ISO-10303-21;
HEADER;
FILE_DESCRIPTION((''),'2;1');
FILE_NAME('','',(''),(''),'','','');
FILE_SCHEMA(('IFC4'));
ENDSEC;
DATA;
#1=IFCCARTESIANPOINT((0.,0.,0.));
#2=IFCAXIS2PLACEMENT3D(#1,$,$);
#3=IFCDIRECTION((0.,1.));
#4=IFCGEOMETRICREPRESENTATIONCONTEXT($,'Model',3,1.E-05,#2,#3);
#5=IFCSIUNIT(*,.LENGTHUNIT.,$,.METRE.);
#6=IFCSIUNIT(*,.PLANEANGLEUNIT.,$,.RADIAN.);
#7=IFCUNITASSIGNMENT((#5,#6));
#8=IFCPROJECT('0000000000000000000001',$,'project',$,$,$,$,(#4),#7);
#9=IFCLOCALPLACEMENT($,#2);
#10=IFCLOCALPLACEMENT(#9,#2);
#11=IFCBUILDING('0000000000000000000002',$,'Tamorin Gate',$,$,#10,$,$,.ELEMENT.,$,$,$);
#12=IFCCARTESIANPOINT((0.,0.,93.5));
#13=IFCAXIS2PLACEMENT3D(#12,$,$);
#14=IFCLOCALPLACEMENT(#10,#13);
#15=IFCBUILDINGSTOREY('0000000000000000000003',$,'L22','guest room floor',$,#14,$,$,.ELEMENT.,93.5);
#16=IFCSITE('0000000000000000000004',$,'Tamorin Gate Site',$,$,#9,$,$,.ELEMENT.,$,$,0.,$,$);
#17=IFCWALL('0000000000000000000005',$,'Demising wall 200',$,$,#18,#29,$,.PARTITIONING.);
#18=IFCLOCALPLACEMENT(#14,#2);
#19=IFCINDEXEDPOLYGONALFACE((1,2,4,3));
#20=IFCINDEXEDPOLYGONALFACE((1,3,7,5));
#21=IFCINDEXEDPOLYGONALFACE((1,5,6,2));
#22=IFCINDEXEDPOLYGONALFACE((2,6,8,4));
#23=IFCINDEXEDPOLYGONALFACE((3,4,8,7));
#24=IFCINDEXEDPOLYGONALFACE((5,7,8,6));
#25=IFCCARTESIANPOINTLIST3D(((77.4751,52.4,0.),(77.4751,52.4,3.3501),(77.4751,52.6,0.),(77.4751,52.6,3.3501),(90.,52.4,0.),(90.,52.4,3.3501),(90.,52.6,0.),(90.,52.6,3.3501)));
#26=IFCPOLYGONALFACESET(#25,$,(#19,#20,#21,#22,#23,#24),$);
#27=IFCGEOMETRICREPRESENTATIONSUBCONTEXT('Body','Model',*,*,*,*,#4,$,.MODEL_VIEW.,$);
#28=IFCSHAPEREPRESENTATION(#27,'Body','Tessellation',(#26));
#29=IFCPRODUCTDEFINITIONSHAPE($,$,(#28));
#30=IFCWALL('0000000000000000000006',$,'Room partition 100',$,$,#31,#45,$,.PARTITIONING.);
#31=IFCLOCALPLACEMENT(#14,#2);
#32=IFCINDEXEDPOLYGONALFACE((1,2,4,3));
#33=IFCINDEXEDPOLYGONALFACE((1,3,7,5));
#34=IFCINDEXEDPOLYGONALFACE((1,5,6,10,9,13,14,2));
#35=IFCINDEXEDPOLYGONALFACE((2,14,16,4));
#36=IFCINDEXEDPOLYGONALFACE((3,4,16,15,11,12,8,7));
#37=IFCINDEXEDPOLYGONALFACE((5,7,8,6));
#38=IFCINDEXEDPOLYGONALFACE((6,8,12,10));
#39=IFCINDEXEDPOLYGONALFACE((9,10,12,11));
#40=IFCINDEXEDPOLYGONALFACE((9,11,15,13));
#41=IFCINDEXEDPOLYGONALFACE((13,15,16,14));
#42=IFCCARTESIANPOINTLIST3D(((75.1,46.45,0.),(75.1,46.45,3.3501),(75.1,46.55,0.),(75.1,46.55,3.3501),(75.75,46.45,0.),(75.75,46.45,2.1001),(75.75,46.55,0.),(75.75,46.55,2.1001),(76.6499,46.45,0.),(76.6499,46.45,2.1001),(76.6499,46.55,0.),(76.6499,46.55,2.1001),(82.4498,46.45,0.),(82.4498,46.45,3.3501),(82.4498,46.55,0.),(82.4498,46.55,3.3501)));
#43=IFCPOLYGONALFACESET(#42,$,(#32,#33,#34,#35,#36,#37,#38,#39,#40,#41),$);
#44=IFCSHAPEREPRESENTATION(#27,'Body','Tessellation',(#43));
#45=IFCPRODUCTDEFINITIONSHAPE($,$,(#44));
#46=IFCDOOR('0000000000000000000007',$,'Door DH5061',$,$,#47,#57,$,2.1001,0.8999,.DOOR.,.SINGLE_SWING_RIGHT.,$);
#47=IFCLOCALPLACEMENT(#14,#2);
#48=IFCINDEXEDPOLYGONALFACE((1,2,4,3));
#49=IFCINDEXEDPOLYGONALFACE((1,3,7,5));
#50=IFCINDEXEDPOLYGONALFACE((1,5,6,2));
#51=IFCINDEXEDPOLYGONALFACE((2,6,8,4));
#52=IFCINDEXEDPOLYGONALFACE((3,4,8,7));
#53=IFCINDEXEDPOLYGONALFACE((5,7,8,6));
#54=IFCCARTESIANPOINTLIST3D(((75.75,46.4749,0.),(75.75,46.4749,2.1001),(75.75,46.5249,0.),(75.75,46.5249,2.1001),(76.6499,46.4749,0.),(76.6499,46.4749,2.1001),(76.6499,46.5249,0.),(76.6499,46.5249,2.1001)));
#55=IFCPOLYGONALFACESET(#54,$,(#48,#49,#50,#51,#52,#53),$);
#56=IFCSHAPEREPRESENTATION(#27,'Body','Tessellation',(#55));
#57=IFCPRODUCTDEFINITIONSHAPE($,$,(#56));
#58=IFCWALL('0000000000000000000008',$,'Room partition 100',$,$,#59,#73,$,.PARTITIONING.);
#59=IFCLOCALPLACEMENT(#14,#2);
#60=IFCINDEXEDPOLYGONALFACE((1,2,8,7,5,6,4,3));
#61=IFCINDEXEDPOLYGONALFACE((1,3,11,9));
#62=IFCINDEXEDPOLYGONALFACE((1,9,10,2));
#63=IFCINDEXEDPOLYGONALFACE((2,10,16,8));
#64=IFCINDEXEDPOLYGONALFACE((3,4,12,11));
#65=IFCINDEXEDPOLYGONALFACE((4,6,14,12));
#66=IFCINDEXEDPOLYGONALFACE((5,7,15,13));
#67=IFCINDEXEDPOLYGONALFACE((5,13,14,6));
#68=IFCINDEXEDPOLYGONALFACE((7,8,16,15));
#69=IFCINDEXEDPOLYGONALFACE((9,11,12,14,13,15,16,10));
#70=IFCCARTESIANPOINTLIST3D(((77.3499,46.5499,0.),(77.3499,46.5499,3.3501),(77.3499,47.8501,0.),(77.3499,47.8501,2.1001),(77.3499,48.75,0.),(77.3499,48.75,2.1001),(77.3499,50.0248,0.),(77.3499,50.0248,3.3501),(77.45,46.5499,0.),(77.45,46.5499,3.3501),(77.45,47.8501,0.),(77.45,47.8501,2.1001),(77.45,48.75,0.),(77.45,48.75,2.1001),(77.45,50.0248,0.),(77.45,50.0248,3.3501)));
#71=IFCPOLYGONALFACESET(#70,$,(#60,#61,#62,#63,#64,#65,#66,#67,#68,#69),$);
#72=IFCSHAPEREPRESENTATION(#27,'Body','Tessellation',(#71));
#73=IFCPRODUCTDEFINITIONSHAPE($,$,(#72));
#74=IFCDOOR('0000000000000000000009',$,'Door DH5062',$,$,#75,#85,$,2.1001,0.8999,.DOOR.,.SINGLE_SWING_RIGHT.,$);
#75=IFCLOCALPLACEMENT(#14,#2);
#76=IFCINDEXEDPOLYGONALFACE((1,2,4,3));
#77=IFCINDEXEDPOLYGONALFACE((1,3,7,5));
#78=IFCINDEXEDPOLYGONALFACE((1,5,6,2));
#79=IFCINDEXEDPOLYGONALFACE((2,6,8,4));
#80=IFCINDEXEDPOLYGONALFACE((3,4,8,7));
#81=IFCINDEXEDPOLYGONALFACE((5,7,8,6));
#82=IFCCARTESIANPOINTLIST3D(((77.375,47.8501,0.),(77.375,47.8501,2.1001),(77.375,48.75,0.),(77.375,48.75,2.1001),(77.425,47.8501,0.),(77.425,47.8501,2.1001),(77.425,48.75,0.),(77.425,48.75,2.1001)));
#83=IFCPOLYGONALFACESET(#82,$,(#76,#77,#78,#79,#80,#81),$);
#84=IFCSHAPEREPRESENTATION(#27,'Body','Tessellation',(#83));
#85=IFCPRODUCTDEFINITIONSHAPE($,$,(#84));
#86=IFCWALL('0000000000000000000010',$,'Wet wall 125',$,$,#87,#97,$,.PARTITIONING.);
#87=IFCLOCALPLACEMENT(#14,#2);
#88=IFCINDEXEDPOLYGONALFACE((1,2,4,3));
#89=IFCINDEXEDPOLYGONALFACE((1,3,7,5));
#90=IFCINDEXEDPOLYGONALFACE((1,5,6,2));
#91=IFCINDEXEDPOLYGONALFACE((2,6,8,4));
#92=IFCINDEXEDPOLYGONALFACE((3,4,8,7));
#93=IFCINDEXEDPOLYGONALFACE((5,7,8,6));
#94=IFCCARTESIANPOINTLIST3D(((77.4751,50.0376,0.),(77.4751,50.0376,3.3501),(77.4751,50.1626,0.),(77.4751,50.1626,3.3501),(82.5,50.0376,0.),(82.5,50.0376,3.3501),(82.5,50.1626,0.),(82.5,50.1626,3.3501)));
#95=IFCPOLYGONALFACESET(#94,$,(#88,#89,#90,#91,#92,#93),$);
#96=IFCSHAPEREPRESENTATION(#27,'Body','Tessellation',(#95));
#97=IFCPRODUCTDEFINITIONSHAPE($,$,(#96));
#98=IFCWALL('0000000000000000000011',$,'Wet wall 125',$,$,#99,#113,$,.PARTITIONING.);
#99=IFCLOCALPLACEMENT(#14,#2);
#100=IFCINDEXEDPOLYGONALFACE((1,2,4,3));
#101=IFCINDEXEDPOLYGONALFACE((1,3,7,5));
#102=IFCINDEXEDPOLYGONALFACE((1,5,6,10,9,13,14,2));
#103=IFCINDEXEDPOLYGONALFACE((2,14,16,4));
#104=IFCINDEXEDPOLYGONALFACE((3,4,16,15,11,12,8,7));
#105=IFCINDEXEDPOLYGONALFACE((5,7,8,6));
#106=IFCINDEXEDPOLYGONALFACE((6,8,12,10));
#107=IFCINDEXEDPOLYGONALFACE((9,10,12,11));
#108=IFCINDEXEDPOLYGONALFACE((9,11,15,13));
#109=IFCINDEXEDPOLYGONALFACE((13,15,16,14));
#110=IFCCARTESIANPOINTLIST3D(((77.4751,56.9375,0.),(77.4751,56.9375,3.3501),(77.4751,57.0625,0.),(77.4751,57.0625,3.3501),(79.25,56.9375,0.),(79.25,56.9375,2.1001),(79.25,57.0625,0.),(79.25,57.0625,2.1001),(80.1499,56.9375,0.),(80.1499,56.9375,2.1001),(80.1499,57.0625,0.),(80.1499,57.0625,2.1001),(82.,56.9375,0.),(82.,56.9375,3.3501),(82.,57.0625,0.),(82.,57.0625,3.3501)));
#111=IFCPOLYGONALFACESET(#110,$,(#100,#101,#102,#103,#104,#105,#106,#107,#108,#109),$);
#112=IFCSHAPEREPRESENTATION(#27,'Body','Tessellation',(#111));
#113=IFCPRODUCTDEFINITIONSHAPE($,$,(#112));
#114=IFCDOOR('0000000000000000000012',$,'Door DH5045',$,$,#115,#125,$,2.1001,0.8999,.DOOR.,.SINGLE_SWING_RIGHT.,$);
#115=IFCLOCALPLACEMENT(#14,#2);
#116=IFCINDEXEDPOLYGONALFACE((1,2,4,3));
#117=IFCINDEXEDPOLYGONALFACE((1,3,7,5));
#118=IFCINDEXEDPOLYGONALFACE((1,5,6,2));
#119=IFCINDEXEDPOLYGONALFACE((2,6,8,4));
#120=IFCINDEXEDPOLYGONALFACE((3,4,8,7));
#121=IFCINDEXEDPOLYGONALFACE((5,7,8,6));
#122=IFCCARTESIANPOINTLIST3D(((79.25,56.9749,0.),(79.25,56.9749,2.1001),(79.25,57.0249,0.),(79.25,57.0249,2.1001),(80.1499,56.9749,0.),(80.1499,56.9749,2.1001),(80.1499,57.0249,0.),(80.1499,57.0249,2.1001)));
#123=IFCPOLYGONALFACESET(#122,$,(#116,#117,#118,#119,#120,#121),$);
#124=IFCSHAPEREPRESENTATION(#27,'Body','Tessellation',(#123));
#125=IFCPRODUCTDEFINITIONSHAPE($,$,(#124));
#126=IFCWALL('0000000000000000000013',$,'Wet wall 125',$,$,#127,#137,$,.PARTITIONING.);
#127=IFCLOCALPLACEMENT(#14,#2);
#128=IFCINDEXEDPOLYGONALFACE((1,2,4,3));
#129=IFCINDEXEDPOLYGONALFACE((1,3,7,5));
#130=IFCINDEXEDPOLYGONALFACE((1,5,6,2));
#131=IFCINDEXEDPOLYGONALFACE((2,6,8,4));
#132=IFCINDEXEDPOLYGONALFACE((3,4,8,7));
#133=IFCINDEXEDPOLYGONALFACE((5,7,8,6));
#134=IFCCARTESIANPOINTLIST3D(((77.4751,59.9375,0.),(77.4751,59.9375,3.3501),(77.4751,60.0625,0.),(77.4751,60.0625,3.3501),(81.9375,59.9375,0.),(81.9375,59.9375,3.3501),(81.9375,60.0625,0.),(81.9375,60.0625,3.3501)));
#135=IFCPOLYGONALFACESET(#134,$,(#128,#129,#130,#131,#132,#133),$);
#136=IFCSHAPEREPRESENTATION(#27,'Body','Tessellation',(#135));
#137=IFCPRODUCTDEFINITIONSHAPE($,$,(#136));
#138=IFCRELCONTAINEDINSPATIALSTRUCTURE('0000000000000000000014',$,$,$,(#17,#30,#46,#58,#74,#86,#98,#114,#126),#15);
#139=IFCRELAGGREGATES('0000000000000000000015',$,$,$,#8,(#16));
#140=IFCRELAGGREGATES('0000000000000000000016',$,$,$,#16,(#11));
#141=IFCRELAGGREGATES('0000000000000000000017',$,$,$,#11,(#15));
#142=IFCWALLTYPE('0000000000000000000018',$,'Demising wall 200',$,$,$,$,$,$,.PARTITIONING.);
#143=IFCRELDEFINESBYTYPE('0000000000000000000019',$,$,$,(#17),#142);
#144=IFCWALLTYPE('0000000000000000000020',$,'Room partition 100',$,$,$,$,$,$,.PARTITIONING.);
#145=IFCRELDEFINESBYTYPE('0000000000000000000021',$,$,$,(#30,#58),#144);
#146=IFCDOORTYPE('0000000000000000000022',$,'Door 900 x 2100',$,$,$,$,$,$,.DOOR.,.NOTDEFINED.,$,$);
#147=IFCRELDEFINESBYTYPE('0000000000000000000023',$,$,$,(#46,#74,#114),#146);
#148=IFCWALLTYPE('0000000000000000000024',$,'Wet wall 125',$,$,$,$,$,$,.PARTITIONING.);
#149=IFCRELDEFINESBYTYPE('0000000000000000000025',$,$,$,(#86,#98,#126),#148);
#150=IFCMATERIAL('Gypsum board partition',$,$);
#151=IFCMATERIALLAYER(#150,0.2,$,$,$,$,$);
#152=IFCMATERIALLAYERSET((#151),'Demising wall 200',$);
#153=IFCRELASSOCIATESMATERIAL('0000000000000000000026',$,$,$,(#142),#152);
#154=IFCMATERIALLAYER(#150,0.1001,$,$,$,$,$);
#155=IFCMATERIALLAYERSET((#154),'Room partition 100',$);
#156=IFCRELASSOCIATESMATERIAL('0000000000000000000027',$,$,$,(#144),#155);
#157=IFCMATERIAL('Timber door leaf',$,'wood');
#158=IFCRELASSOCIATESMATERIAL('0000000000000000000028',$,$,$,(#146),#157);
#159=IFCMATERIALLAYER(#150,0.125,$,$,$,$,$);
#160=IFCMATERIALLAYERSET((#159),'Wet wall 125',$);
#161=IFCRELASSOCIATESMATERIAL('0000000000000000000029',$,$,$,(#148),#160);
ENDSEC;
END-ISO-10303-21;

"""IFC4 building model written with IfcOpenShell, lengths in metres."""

from ifc_helpers import new_model, si_unit, direction, frame, frame_2d, origin, place, context, subcontext, project, spatial, rectangle, extrude, material, layer, layer_set, type_object, element, fill, save


model = new_model("IFC4")

# Units and contexts
model_context = context("Model", 3, precision=1e-05, world=origin(), true_north=direction((0.0, 1.0)))
body_context = subcontext(model_context, "Body", "Model", "MODEL_VIEW")
ifc_project = project(units=[si_unit("LENGTHUNIT", "METRE"), si_unit("PLANEANGLEUNIT", "RADIAN")], contexts=[model_context])

# Site, building, storey
site_placement = place(None, origin())
site = spatial("IfcSite", under=ifc_project, at=site_placement, Name="Tamorin Gate Site", CompositionType="ELEMENT", RefElevation=0.0)
building_placement = place(site_placement, origin())
building = spatial("IfcBuilding", under=site, at=building_placement, Name="Tamorin Gate", CompositionType="ELEMENT")
storey_placement = place(building_placement, frame((0.0, 0.0, 93.5)))
storey = spatial("IfcBuildingStorey", under=building, at=storey_placement, Name="L22", Description="guest room floor", CompositionType="ELEMENT", Elevation=93.5)

# Shared definitions
ifc_material_1 = material(Name="Gypsum board partition")
ifc_material_2 = material(Name="Timber door leaf", Category="wood")

# Wall
ifc_layer_1 = layer(ifc_material_1, 0.2)
ifc_layer_set_1 = layer_set([ifc_layer_1], Name="Demising wall 200")
wall_type_1 = type_object("IfcWallType", Name="Demising wall 200", PredefinedType="PARTITIONING", material=ifc_layer_set_1)
wall_1_placement = place(storey_placement, frame((77.4751, 52.5, 0.0), z_axis=(0.0, 0.0, 1.0), x_axis=(1.0, 0.0, 0.0)))
element("IfcWall", 1, at=wall_1_placement, inside=storey, type_object=wall_type_1, Name="Demising wall 200", PredefinedType="PARTITIONING", context=body_context, shape_type="SweptSolid", body=[
    extrude(rectangle(XDim=12.5249, YDim=0.2, at=frame_2d((6.2625, 0.0))), origin(), (0.0, 0.0, 1.0), 3.3501),
])

# Walls, openings, doors
ifc_layer_2 = layer(ifc_material_1, 0.1001)
ifc_layer_set_2 = layer_set([ifc_layer_2], Name="Room partition 100")
wall_type_2 = type_object("IfcWallType", Name="Room partition 100", PredefinedType="PARTITIONING", material=ifc_layer_set_2)
wall_2_placement = place(storey_placement, frame((75.1001, 46.5, 0.0), z_axis=(0.0, 0.0, 1.0), x_axis=(1.0, 0.0, 0.0)))
wall_2 = element("IfcWall", 2, at=wall_2_placement, inside=storey, type_object=wall_type_2, Name="Room partition 100", PredefinedType="PARTITIONING", context=body_context, shape_type="SweptSolid", body=[
    extrude(rectangle(XDim=7.3499, YDim=0.1001, at=frame_2d((3.6748, 0.0))), origin(), (0.0, 0.0, 1.0), 3.3501),
])
opening_1_placement = place(wall_2_placement, frame((0.6499, 0.0, 0.0)))
opening_1 = element("IfcOpeningElement", 3, at=opening_1_placement, cuts=wall_2, PredefinedType="OPENING", context=body_context, shape_type="SweptSolid", body=[
    extrude(rectangle(XDim=0.8999, YDim=2.1001, at=frame_2d((0.45, 1.05))), frame((0.0, 0.0601, 0.0), z_axis=(0.0, -1.0, 0.0), x_axis=(1.0, 0.0, 0.0)), (0.0, 0.0, 1.0), 0.1201),
])
door_type_1 = type_object("IfcDoorType", Name="Door 900 x 2100", OperationType="NOTDEFINED", PredefinedType="DOOR", material=ifc_material_2)
door_1_placement = place(opening_1_placement, origin())
door_1 = element("IfcDoor", 4, at=door_1_placement, inside=storey, type_object=door_type_1, Name="Door DH5061", OperationType="SINGLE_SWING_RIGHT", OverallHeight=2.1001, OverallWidth=0.8999, PredefinedType="DOOR", context=body_context, shape_type="SweptSolid", body=[
    extrude(rectangle(XDim=0.8999, YDim=2.1001, at=frame_2d((0.45, 1.05))), frame((0.0, 0.0249, 0.0), z_axis=(0.0, -1.0, 0.0), x_axis=(1.0, 0.0, 0.0)), (0.0, 0.0, 1.0), 0.05),
])
fill(opening_1, door_1)
wall_3_placement = place(storey_placement, frame((77.3999, 46.55, 0.0), z_axis=(0.0, 0.0, 1.0), x_axis=(0.0, 1.0, 0.0)))
wall_3 = element("IfcWall", 5, at=wall_3_placement, inside=storey, type_object=wall_type_2, Name="Room partition 100", PredefinedType="PARTITIONING", context=body_context, shape_type="SweptSolid", body=[
    extrude(rectangle(XDim=3.4749, YDim=0.1001, at=frame_2d((1.7373, 0.0))), origin(), (0.0, 0.0, 1.0), 3.3501),
])
opening_2_placement = place(wall_3_placement, frame((1.3, 0.0, 0.0)))
opening_2 = element("IfcOpeningElement", 6, at=opening_2_placement, cuts=wall_3, PredefinedType="OPENING", context=body_context, shape_type="SweptSolid", body=[
    extrude(rectangle(XDim=0.8999, YDim=2.1001, at=frame_2d((0.45, 1.05))), frame((0.0, 0.0601, 0.0), z_axis=(0.0, -1.0, 0.0), x_axis=(1.0, 0.0, 0.0)), (0.0, 0.0, 1.0), 0.1201),
])
door_2_placement = place(opening_2_placement, origin())
door_2 = element("IfcDoor", 7, at=door_2_placement, inside=storey, type_object=door_type_1, Name="Door DH5062", OperationType="SINGLE_SWING_RIGHT", OverallHeight=2.1001, OverallWidth=0.8999, PredefinedType="DOOR", context=body_context, shape_type="SweptSolid", body=[
    extrude(rectangle(XDim=0.8999, YDim=2.1001, at=frame_2d((0.45, 1.05))), frame((0.0, 0.0249, 0.0), z_axis=(0.0, -1.0, 0.0), x_axis=(1.0, 0.0, 0.0)), (0.0, 0.0, 1.0), 0.05),
])
fill(opening_2, door_2)

# Wall
ifc_layer_3 = layer(ifc_material_1, 0.125)
ifc_layer_set_3 = layer_set([ifc_layer_3], Name="Wet wall 125")
wall_type_3 = type_object("IfcWallType", Name="Wet wall 125", PredefinedType="PARTITIONING", material=ifc_layer_set_3)
wall_4_placement = place(storey_placement, frame((77.4751, 50.1001, 0.0), z_axis=(0.0, 0.0, 1.0), x_axis=(1.0, 0.0, 0.0)))
element("IfcWall", 8, at=wall_4_placement, inside=storey, type_object=wall_type_3, Name="Wet wall 125", PredefinedType="PARTITIONING", context=body_context, shape_type="SweptSolid", body=[
    extrude(rectangle(XDim=5.0249, YDim=0.125, at=frame_2d((2.5125, 0.0))), origin(), (0.0, 0.0, 1.0), 3.3501),
])

# Wall, opening, door
wall_5_placement = place(storey_placement, frame((77.4751, 57.0, 0.0), z_axis=(0.0, 0.0, 1.0), x_axis=(1.0, 0.0, 0.0)))
wall_5 = element("IfcWall", 9, at=wall_5_placement, inside=storey, type_object=wall_type_3, Name="Wet wall 125", PredefinedType="PARTITIONING", context=body_context, shape_type="SweptSolid", body=[
    extrude(rectangle(XDim=4.5249, YDim=0.125, at=frame_2d((2.2625, 0.0))), origin(), (0.0, 0.0, 1.0), 3.3501),
])
opening_3_placement = place(wall_5_placement, frame((1.7749, 0.0, 0.0)))
opening_3 = element("IfcOpeningElement", 10, at=opening_3_placement, cuts=wall_5, PredefinedType="OPENING", context=body_context, shape_type="SweptSolid", body=[
    extrude(rectangle(XDim=0.8999, YDim=2.1001, at=frame_2d((0.45, 1.05))), frame((0.0, 0.0725, 0.0), z_axis=(0.0, -1.0, 0.0), x_axis=(1.0, 0.0, 0.0)), (0.0, 0.0, 1.0), 0.145),
])
door_3_placement = place(opening_3_placement, origin())
door_3 = element("IfcDoor", 11, at=door_3_placement, inside=storey, type_object=door_type_1, Name="Door DH5045", OperationType="SINGLE_SWING_RIGHT", OverallHeight=2.1001, OverallWidth=0.8999, PredefinedType="DOOR", context=body_context, shape_type="SweptSolid", body=[
    extrude(rectangle(XDim=0.8999, YDim=2.1001, at=frame_2d((0.45, 1.05))), frame((0.0, 0.0249, 0.0), z_axis=(0.0, -1.0, 0.0), x_axis=(1.0, 0.0, 0.0)), (0.0, 0.0, 1.0), 0.05),
])
fill(opening_3, door_3)

# Wall
wall_6_placement = place(storey_placement, frame((77.4751, 60.0, 0.0), z_axis=(0.0, 0.0, 1.0), x_axis=(1.0, 0.0, 0.0)))
element("IfcWall", 12, at=wall_6_placement, inside=storey, type_object=wall_type_3, Name="Wet wall 125", PredefinedType="PARTITIONING", context=body_context, shape_type="SweptSolid", body=[
    extrude(rectangle(XDim=4.4624, YDim=0.125, at=frame_2d((2.2312, 0.0))), origin(), (0.0, 0.0, 1.0), 3.3501),
])

save(model, "model.ifc")
